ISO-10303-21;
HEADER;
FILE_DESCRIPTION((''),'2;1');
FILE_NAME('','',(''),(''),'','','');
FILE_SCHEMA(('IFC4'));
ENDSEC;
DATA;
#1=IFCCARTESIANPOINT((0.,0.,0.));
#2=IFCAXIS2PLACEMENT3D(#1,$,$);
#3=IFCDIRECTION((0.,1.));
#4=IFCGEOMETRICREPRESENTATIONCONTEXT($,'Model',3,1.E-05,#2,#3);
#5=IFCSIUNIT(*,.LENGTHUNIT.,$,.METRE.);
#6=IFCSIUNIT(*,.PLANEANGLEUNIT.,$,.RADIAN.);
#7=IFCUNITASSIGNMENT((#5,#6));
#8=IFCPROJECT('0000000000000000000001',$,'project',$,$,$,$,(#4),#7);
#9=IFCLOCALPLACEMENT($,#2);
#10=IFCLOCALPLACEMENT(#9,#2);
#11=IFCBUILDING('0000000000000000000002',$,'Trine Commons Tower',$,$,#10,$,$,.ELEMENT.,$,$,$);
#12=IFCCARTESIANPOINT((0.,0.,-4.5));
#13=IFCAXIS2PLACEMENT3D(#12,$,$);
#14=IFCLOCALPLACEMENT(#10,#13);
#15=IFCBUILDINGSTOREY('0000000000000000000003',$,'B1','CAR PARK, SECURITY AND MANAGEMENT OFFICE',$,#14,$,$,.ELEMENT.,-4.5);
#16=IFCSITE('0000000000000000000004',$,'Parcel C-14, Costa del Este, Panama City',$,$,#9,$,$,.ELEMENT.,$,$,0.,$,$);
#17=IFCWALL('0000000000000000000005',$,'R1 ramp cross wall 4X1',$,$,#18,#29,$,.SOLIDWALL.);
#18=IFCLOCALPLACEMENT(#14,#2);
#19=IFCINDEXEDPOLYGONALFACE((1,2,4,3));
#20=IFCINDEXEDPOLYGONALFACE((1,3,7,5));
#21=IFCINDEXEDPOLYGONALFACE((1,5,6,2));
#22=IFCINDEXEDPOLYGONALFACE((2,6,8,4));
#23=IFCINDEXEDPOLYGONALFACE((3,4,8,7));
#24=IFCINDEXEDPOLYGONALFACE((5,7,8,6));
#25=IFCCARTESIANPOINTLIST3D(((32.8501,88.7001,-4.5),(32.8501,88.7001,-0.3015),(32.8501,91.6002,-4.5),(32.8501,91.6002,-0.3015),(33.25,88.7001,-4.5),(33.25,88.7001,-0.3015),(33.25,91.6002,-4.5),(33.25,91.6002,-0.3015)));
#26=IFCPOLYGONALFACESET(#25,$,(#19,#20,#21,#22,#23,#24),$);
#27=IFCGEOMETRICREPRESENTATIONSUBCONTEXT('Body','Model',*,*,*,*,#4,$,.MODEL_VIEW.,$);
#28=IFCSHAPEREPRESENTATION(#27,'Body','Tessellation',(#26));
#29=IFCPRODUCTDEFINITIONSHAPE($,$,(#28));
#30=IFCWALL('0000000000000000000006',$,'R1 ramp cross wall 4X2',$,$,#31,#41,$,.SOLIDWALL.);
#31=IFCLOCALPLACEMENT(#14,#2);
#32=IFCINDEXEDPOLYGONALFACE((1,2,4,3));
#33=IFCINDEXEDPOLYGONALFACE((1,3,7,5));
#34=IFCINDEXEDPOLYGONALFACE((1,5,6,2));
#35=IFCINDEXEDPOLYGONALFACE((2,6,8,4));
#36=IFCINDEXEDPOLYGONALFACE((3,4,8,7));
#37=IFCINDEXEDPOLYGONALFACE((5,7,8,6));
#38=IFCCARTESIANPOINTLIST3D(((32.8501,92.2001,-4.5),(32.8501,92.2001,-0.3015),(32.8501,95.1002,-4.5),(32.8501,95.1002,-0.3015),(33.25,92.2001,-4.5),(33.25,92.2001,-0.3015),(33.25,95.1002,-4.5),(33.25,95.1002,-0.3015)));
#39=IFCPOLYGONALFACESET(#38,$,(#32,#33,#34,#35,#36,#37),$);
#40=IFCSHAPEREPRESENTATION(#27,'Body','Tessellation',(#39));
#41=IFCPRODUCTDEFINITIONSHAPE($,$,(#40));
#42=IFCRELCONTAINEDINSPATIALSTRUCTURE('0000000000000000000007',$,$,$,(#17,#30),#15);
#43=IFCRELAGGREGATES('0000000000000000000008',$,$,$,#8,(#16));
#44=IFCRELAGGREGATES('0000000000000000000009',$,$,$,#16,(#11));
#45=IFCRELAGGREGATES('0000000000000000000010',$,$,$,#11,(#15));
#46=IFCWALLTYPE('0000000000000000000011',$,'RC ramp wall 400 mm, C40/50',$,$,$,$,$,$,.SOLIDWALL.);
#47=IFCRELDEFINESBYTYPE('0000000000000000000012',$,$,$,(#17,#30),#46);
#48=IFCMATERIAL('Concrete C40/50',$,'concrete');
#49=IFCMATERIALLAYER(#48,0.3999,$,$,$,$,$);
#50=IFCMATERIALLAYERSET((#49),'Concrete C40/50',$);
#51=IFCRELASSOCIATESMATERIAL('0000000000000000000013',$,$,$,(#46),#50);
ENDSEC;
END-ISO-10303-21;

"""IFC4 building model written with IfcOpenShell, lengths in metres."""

from ifc_helpers import new_model, si_unit, direction, frame, frame_2d, origin, place, context, subcontext, project, spatial, rectangle, extrude, material, layer, layer_set, type_object, element, save


model = new_model("IFC4")

# Units and contexts
model_context = context("Model", 3, precision=1e-05, world=origin(), true_north=direction((0.0, 1.0)))
body_context = subcontext(model_context, "Body", "Model", "MODEL_VIEW")
ifc_project = project(units=[si_unit("LENGTHUNIT", "METRE"), si_unit("PLANEANGLEUNIT", "RADIAN")], contexts=[model_context])

# Site, building, storey
site_placement = place(None, origin())
site = spatial("IfcSite", under=ifc_project, at=site_placement, Name="Parcel C-14, Costa del Este, Panama City", CompositionType="ELEMENT", RefElevation=0.0)
building_placement = place(site_placement, origin())
building = spatial("IfcBuilding", under=site, at=building_placement, Name="Trine Commons Tower", CompositionType="ELEMENT")
storey_placement = place(building_placement, frame((0.0, 0.0, -4.5)))
storey = spatial("IfcBuildingStorey", under=building, at=storey_placement, Name="B1", Description="CAR PARK, SECURITY AND MANAGEMENT OFFICE", CompositionType="ELEMENT", Elevation=-4.5)

# Shared definitions
ifc_material_1 = material(Name="Concrete C40/50", Category="concrete")

# Walls
ifc_layer_1 = layer(ifc_material_1, 0.3999)
ifc_layer_set_1 = layer_set([ifc_layer_1], Name="Concrete C40/50")
wall_type_1 = type_object("IfcWallType", Name="RC ramp wall 400 mm, C40/50", PredefinedType="SOLIDWALL", material=ifc_layer_set_1)
for number, where, z_axis, x_axis, name in (
    (1, (33.05, 88.7, -4.5), (0.0, 0.0, 1.0), (0.0, 1.0, 0.0), "R1 ramp cross wall 4X1"),
    (2, (33.05, 92.2, -4.5), (0.0, 0.0, 1.0), (0.0, 1.0, 0.0), "R1 ramp cross wall 4X2"),
):
    element("IfcWall", number, at=place(storey_placement, frame(where, z_axis=z_axis, x_axis=x_axis)), inside=storey, type_object=wall_type_1, Name=name, PredefinedType="SOLIDWALL", context=body_context, shape_type="SweptSolid", body=[
        extrude(rectangle(XDim=2.9001, YDim=0.3999, at=frame_2d((1.4502, 0.0))), origin(), (0.0, 0.0, 1.0), 4.1985),
    ])

save(model, "model.ifc")
